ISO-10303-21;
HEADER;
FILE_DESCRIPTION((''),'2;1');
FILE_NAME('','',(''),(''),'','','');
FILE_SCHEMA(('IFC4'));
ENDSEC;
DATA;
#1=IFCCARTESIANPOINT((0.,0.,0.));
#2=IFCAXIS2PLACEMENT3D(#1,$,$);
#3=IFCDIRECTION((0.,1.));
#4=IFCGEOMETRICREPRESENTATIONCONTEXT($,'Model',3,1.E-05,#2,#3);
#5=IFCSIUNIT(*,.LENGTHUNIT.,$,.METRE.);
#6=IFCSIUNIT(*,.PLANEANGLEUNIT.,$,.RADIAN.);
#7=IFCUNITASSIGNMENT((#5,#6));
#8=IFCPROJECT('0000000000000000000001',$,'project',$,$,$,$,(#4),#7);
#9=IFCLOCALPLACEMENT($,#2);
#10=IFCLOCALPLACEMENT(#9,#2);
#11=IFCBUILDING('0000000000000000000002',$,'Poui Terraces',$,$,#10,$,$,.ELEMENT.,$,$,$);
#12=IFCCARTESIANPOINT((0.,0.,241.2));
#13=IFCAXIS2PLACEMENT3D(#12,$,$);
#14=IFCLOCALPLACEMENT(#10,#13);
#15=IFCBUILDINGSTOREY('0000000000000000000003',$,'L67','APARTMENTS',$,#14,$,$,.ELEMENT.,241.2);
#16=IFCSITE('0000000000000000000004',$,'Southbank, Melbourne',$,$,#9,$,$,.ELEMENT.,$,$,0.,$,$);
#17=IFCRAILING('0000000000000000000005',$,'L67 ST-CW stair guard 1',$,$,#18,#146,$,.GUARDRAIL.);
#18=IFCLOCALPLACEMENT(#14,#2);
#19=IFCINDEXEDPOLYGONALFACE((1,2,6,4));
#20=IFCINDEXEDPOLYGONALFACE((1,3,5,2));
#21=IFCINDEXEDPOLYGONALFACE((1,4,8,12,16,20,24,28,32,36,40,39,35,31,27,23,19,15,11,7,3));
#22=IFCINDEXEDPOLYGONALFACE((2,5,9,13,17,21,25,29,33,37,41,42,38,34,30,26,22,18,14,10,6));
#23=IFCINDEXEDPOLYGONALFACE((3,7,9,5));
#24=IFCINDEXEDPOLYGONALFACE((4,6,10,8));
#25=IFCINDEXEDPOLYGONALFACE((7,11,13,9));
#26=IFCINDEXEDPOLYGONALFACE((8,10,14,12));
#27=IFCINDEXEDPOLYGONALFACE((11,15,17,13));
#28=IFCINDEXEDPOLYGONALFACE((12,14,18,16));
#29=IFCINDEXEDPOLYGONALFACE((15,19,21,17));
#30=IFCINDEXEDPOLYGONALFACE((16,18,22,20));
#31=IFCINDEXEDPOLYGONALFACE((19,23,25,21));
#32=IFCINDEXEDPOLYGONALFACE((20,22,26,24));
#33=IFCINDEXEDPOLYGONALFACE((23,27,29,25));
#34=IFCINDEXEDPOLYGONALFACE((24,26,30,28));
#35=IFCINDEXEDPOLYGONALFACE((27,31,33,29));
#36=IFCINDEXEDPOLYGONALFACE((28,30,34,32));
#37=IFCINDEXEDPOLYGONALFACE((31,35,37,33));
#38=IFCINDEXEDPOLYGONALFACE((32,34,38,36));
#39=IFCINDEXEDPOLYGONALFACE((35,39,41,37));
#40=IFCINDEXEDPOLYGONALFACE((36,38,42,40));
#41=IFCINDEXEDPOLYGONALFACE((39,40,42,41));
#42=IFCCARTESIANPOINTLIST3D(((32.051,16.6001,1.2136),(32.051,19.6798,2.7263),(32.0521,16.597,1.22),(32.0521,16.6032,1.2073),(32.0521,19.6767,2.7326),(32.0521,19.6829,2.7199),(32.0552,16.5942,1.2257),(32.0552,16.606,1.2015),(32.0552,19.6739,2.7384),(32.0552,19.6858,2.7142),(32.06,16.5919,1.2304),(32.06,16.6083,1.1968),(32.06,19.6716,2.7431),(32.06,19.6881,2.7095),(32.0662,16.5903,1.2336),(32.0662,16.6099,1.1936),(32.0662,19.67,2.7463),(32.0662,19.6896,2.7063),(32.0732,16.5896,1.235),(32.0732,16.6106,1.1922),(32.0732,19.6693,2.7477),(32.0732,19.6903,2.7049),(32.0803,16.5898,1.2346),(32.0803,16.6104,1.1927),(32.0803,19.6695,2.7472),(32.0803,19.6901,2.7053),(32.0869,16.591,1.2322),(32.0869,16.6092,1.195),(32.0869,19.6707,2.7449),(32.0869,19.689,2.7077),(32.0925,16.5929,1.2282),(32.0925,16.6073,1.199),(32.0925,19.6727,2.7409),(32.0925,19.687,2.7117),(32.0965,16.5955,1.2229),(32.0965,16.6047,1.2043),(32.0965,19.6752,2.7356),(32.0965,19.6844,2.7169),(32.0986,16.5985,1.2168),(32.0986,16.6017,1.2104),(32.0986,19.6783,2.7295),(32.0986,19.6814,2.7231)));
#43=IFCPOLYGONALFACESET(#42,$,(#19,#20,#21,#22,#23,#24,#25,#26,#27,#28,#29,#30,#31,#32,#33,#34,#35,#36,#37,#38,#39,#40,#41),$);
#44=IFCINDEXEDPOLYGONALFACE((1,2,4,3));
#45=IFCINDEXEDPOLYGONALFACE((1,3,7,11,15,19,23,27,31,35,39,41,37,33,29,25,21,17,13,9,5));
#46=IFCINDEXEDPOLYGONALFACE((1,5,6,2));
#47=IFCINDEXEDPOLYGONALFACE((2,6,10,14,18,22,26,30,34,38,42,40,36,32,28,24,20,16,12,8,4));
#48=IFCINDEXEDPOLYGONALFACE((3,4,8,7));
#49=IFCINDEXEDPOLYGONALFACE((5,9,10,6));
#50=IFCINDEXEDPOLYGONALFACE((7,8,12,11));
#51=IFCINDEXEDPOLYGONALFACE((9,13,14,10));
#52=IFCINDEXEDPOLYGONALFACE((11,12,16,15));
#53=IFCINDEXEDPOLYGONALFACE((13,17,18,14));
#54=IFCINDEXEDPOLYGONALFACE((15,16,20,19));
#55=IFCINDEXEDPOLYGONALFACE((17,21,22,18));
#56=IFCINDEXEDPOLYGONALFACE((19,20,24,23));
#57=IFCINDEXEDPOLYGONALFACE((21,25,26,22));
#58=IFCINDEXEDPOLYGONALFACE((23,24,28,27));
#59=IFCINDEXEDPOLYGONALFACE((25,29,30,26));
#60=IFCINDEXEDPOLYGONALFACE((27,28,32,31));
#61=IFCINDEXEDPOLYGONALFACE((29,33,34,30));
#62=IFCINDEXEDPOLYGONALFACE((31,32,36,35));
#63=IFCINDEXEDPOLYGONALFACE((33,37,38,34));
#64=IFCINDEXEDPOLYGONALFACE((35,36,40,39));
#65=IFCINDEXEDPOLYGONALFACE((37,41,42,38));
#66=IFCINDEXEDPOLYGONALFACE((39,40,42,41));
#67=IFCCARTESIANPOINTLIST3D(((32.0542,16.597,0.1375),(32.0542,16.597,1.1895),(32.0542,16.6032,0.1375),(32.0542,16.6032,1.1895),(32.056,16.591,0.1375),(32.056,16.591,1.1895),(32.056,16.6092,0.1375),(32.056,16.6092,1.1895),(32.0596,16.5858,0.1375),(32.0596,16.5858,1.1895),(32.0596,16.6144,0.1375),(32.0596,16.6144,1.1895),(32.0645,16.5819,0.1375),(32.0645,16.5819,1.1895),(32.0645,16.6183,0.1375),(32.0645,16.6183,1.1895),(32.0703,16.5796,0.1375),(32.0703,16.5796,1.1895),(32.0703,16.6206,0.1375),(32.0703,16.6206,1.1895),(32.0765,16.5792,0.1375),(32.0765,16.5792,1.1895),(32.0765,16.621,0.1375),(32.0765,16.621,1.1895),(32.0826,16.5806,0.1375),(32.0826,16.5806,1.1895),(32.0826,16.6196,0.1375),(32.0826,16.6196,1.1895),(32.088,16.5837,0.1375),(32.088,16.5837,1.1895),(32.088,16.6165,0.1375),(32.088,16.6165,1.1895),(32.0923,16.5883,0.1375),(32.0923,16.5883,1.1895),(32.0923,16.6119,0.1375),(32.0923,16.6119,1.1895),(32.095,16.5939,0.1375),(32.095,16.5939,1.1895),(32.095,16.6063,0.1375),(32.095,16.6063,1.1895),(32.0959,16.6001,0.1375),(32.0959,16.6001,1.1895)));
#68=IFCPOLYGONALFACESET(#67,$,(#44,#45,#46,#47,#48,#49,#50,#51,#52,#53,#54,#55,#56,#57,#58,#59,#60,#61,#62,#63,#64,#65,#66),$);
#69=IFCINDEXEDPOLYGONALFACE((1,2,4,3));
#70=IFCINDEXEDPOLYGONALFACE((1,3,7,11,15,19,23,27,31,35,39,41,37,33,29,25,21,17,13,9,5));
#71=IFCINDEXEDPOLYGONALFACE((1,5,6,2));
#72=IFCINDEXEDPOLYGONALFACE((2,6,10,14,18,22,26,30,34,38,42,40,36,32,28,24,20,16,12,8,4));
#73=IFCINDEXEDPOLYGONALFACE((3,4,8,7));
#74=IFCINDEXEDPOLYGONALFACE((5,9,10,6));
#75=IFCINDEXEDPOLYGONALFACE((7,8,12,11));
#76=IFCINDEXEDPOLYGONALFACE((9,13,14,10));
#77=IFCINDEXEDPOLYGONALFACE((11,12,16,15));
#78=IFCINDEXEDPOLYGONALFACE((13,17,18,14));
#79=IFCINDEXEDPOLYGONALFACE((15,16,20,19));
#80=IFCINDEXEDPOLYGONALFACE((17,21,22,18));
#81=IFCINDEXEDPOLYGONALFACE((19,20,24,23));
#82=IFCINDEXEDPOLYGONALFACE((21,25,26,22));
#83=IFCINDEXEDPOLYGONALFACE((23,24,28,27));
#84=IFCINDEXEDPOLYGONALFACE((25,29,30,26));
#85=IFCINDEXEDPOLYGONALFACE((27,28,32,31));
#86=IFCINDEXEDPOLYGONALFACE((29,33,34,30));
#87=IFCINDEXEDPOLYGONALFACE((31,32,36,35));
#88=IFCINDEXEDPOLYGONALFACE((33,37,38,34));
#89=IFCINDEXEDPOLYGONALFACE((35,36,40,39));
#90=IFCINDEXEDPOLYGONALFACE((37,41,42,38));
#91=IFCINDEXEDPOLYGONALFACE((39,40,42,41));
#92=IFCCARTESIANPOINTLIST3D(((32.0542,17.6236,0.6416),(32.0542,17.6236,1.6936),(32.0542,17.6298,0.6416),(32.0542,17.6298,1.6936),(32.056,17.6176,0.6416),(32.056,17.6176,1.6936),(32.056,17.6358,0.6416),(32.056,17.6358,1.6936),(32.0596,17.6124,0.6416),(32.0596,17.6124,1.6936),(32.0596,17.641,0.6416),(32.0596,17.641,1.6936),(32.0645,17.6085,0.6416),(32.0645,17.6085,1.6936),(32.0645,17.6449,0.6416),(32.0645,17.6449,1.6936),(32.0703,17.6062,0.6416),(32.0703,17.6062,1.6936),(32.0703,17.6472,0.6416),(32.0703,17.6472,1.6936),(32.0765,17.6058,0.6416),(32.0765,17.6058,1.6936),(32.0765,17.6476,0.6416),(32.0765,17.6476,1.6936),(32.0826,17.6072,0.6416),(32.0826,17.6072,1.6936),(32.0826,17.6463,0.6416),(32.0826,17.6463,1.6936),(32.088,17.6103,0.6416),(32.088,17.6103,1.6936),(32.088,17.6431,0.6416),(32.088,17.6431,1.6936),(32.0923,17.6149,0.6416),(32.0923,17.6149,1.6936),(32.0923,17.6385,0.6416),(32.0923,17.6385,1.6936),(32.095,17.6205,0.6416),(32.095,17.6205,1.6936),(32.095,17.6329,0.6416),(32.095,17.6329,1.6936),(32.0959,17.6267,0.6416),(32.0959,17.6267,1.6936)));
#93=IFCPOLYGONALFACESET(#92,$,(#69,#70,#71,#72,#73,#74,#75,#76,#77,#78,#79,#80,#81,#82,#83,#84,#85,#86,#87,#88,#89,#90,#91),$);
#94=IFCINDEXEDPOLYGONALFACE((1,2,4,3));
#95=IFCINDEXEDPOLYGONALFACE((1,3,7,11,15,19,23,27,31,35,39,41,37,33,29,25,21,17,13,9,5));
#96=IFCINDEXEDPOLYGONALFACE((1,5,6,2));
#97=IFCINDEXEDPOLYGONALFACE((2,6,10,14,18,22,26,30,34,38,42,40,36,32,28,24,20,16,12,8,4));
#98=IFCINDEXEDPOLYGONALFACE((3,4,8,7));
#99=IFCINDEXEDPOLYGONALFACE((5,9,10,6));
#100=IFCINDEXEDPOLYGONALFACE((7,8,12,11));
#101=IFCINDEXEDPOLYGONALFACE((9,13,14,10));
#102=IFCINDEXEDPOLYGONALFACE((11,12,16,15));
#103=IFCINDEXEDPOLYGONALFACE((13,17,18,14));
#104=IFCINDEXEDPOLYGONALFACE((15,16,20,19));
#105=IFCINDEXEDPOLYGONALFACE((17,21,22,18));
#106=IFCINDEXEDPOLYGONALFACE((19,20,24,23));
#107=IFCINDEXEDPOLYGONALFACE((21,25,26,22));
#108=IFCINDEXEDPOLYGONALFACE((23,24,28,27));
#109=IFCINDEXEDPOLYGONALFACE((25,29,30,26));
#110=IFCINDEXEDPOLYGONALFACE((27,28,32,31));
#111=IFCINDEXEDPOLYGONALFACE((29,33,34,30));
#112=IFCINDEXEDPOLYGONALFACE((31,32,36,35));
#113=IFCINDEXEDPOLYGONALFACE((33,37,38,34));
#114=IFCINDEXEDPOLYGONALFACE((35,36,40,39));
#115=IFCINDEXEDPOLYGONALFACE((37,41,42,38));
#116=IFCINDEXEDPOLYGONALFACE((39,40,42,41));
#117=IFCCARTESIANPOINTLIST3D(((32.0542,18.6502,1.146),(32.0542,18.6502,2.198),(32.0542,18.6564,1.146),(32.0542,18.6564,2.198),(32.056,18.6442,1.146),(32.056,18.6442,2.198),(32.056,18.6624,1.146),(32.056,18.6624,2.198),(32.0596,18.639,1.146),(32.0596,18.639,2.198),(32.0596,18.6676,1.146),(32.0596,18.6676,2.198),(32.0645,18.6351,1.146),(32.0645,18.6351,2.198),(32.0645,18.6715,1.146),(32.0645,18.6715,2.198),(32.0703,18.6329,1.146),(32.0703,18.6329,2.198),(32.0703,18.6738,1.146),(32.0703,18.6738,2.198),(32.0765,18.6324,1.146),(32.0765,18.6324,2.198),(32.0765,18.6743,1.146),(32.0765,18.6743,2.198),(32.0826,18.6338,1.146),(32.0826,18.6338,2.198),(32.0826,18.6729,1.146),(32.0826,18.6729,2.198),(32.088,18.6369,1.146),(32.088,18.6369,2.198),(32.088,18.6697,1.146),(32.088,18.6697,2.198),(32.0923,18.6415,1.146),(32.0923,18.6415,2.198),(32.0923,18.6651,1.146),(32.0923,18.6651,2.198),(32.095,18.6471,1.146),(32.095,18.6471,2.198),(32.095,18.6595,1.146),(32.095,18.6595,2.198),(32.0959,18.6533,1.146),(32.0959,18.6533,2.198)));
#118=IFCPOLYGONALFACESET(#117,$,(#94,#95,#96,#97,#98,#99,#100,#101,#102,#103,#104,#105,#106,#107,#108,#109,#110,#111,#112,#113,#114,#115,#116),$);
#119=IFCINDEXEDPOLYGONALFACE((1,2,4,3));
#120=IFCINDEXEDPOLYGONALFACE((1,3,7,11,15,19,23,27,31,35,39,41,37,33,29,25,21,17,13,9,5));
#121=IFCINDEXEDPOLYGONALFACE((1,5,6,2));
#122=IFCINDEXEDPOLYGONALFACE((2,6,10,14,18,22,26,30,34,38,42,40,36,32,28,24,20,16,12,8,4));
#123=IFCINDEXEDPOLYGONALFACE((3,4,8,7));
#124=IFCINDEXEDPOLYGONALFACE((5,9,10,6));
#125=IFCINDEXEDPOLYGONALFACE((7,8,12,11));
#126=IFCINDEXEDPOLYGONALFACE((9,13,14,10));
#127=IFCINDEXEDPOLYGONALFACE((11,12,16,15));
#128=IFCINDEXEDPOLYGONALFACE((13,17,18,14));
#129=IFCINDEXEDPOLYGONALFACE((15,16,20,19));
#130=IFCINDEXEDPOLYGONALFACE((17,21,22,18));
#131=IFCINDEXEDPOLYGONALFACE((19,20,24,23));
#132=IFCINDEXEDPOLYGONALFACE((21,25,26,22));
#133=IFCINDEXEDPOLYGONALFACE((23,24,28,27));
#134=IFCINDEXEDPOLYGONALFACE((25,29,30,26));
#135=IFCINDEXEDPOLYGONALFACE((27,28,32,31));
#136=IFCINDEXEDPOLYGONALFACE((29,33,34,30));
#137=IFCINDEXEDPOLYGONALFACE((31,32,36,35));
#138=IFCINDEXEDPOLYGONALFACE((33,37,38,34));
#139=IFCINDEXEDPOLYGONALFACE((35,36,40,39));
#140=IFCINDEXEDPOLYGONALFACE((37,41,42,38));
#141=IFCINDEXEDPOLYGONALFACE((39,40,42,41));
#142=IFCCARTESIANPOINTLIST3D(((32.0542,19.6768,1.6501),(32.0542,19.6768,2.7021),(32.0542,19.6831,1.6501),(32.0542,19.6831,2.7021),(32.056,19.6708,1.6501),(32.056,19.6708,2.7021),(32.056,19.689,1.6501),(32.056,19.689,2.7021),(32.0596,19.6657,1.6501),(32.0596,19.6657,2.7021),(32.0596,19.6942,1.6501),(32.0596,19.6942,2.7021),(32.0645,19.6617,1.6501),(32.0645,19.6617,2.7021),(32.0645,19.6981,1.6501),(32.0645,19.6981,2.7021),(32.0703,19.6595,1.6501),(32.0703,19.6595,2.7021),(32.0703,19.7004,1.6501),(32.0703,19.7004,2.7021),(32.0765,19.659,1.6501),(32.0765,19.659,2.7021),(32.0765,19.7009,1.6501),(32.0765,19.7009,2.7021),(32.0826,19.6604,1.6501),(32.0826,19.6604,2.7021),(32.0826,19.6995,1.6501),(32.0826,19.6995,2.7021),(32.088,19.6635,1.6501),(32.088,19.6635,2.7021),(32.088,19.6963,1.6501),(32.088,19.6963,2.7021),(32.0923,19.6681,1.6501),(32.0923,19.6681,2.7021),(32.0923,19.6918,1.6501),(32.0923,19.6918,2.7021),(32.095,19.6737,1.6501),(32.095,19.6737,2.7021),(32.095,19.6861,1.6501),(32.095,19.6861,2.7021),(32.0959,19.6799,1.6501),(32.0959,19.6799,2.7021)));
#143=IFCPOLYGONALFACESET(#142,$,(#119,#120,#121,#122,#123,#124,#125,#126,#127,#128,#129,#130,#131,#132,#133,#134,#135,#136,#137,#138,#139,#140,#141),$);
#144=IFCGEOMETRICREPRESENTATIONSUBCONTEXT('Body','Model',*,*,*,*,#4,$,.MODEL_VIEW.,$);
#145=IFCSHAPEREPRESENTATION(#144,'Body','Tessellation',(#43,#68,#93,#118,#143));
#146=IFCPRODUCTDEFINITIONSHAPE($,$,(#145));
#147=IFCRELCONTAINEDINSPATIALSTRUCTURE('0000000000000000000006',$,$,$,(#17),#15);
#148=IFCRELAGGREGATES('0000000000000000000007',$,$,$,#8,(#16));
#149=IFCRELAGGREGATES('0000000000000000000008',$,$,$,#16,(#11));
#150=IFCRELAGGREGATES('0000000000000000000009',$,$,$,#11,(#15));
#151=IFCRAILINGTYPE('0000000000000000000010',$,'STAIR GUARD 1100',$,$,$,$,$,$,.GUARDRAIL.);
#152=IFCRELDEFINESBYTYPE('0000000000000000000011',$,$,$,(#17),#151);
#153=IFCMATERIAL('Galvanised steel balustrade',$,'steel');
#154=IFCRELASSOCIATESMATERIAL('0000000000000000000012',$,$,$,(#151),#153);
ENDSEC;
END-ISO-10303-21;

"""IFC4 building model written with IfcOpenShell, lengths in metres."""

from ifc_helpers import new_model, si_unit, direction, frame, origin, origin_2d, place, context, subcontext, project, spatial, circle, extrude, material, type_object, element, save


model = new_model("IFC4")

# Units and contexts
model_context = context("Model", 3, precision=1e-05, world=origin(), true_north=direction((0.0, 1.0)))
body_context = subcontext(model_context, "Body", "Model", "MODEL_VIEW")
ifc_project = project(units=[si_unit("LENGTHUNIT", "METRE"), si_unit("PLANEANGLEUNIT", "RADIAN")], contexts=[model_context])

# Site, building, storey
site_placement = place(None, origin())
site = spatial("IfcSite", under=ifc_project, at=site_placement, Name="Southbank, Melbourne", CompositionType="ELEMENT", RefElevation=0.0)
building_placement = place(site_placement, origin())
building = spatial("IfcBuilding", under=site, at=building_placement, Name="Poui Terraces", CompositionType="ELEMENT")
storey_placement = place(building_placement, frame((0.0, 0.0, 241.2)))
storey = spatial("IfcBuildingStorey", under=building, at=storey_placement, Name="L67", Description="APARTMENTS", CompositionType="ELEMENT", Elevation=241.2)

# Railing
ifc_material_1 = material(Name="Galvanised steel balustrade", Category="steel")
railing_type_1 = type_object("IfcRailingType", Name="STAIR GUARD 1100", PredefinedType="GUARDRAIL", material=ifc_material_1)
railing_1_placement = place(storey_placement, frame((32.075, 16.6001, 0.1375)))
element("IfcRailing", 1, at=railing_1_placement, inside=storey, type_object=railing_type_1, Name="L67 ST-CW stair guard 1", PredefinedType="GUARDRAIL", context=body_context, shape_type="SweptSolid", body=[
    extrude(circle(Radius=0.0239, at=origin_2d()), frame((0.0, 0.0, 1.0762), z_axis=(0.0, 0.897578, 0.440856), x_axis=(-1.0, 0.0, 0.0)), (0.0, 0.0, 1.0), 3.4312),
    extrude(circle(Radius=0.021, at=origin_2d()), origin(), (0.0, 0.0, 1.0), 1.052),
    extrude(circle(Radius=0.021, at=origin_2d()), frame((0.0, 1.0266, 0.5042)), (0.0, 0.0, 1.0), 1.052),
    extrude(circle(Radius=0.021, at=origin_2d()), frame((0.0, 2.0532, 1.0085)), (0.0, 0.0, 1.0), 1.052),
    extrude(circle(Radius=0.021, at=origin_2d()), frame((0.0, 3.0798, 1.5127)), (0.0, 0.0, 1.0), 1.052),
])

save(model, "model.ifc")
